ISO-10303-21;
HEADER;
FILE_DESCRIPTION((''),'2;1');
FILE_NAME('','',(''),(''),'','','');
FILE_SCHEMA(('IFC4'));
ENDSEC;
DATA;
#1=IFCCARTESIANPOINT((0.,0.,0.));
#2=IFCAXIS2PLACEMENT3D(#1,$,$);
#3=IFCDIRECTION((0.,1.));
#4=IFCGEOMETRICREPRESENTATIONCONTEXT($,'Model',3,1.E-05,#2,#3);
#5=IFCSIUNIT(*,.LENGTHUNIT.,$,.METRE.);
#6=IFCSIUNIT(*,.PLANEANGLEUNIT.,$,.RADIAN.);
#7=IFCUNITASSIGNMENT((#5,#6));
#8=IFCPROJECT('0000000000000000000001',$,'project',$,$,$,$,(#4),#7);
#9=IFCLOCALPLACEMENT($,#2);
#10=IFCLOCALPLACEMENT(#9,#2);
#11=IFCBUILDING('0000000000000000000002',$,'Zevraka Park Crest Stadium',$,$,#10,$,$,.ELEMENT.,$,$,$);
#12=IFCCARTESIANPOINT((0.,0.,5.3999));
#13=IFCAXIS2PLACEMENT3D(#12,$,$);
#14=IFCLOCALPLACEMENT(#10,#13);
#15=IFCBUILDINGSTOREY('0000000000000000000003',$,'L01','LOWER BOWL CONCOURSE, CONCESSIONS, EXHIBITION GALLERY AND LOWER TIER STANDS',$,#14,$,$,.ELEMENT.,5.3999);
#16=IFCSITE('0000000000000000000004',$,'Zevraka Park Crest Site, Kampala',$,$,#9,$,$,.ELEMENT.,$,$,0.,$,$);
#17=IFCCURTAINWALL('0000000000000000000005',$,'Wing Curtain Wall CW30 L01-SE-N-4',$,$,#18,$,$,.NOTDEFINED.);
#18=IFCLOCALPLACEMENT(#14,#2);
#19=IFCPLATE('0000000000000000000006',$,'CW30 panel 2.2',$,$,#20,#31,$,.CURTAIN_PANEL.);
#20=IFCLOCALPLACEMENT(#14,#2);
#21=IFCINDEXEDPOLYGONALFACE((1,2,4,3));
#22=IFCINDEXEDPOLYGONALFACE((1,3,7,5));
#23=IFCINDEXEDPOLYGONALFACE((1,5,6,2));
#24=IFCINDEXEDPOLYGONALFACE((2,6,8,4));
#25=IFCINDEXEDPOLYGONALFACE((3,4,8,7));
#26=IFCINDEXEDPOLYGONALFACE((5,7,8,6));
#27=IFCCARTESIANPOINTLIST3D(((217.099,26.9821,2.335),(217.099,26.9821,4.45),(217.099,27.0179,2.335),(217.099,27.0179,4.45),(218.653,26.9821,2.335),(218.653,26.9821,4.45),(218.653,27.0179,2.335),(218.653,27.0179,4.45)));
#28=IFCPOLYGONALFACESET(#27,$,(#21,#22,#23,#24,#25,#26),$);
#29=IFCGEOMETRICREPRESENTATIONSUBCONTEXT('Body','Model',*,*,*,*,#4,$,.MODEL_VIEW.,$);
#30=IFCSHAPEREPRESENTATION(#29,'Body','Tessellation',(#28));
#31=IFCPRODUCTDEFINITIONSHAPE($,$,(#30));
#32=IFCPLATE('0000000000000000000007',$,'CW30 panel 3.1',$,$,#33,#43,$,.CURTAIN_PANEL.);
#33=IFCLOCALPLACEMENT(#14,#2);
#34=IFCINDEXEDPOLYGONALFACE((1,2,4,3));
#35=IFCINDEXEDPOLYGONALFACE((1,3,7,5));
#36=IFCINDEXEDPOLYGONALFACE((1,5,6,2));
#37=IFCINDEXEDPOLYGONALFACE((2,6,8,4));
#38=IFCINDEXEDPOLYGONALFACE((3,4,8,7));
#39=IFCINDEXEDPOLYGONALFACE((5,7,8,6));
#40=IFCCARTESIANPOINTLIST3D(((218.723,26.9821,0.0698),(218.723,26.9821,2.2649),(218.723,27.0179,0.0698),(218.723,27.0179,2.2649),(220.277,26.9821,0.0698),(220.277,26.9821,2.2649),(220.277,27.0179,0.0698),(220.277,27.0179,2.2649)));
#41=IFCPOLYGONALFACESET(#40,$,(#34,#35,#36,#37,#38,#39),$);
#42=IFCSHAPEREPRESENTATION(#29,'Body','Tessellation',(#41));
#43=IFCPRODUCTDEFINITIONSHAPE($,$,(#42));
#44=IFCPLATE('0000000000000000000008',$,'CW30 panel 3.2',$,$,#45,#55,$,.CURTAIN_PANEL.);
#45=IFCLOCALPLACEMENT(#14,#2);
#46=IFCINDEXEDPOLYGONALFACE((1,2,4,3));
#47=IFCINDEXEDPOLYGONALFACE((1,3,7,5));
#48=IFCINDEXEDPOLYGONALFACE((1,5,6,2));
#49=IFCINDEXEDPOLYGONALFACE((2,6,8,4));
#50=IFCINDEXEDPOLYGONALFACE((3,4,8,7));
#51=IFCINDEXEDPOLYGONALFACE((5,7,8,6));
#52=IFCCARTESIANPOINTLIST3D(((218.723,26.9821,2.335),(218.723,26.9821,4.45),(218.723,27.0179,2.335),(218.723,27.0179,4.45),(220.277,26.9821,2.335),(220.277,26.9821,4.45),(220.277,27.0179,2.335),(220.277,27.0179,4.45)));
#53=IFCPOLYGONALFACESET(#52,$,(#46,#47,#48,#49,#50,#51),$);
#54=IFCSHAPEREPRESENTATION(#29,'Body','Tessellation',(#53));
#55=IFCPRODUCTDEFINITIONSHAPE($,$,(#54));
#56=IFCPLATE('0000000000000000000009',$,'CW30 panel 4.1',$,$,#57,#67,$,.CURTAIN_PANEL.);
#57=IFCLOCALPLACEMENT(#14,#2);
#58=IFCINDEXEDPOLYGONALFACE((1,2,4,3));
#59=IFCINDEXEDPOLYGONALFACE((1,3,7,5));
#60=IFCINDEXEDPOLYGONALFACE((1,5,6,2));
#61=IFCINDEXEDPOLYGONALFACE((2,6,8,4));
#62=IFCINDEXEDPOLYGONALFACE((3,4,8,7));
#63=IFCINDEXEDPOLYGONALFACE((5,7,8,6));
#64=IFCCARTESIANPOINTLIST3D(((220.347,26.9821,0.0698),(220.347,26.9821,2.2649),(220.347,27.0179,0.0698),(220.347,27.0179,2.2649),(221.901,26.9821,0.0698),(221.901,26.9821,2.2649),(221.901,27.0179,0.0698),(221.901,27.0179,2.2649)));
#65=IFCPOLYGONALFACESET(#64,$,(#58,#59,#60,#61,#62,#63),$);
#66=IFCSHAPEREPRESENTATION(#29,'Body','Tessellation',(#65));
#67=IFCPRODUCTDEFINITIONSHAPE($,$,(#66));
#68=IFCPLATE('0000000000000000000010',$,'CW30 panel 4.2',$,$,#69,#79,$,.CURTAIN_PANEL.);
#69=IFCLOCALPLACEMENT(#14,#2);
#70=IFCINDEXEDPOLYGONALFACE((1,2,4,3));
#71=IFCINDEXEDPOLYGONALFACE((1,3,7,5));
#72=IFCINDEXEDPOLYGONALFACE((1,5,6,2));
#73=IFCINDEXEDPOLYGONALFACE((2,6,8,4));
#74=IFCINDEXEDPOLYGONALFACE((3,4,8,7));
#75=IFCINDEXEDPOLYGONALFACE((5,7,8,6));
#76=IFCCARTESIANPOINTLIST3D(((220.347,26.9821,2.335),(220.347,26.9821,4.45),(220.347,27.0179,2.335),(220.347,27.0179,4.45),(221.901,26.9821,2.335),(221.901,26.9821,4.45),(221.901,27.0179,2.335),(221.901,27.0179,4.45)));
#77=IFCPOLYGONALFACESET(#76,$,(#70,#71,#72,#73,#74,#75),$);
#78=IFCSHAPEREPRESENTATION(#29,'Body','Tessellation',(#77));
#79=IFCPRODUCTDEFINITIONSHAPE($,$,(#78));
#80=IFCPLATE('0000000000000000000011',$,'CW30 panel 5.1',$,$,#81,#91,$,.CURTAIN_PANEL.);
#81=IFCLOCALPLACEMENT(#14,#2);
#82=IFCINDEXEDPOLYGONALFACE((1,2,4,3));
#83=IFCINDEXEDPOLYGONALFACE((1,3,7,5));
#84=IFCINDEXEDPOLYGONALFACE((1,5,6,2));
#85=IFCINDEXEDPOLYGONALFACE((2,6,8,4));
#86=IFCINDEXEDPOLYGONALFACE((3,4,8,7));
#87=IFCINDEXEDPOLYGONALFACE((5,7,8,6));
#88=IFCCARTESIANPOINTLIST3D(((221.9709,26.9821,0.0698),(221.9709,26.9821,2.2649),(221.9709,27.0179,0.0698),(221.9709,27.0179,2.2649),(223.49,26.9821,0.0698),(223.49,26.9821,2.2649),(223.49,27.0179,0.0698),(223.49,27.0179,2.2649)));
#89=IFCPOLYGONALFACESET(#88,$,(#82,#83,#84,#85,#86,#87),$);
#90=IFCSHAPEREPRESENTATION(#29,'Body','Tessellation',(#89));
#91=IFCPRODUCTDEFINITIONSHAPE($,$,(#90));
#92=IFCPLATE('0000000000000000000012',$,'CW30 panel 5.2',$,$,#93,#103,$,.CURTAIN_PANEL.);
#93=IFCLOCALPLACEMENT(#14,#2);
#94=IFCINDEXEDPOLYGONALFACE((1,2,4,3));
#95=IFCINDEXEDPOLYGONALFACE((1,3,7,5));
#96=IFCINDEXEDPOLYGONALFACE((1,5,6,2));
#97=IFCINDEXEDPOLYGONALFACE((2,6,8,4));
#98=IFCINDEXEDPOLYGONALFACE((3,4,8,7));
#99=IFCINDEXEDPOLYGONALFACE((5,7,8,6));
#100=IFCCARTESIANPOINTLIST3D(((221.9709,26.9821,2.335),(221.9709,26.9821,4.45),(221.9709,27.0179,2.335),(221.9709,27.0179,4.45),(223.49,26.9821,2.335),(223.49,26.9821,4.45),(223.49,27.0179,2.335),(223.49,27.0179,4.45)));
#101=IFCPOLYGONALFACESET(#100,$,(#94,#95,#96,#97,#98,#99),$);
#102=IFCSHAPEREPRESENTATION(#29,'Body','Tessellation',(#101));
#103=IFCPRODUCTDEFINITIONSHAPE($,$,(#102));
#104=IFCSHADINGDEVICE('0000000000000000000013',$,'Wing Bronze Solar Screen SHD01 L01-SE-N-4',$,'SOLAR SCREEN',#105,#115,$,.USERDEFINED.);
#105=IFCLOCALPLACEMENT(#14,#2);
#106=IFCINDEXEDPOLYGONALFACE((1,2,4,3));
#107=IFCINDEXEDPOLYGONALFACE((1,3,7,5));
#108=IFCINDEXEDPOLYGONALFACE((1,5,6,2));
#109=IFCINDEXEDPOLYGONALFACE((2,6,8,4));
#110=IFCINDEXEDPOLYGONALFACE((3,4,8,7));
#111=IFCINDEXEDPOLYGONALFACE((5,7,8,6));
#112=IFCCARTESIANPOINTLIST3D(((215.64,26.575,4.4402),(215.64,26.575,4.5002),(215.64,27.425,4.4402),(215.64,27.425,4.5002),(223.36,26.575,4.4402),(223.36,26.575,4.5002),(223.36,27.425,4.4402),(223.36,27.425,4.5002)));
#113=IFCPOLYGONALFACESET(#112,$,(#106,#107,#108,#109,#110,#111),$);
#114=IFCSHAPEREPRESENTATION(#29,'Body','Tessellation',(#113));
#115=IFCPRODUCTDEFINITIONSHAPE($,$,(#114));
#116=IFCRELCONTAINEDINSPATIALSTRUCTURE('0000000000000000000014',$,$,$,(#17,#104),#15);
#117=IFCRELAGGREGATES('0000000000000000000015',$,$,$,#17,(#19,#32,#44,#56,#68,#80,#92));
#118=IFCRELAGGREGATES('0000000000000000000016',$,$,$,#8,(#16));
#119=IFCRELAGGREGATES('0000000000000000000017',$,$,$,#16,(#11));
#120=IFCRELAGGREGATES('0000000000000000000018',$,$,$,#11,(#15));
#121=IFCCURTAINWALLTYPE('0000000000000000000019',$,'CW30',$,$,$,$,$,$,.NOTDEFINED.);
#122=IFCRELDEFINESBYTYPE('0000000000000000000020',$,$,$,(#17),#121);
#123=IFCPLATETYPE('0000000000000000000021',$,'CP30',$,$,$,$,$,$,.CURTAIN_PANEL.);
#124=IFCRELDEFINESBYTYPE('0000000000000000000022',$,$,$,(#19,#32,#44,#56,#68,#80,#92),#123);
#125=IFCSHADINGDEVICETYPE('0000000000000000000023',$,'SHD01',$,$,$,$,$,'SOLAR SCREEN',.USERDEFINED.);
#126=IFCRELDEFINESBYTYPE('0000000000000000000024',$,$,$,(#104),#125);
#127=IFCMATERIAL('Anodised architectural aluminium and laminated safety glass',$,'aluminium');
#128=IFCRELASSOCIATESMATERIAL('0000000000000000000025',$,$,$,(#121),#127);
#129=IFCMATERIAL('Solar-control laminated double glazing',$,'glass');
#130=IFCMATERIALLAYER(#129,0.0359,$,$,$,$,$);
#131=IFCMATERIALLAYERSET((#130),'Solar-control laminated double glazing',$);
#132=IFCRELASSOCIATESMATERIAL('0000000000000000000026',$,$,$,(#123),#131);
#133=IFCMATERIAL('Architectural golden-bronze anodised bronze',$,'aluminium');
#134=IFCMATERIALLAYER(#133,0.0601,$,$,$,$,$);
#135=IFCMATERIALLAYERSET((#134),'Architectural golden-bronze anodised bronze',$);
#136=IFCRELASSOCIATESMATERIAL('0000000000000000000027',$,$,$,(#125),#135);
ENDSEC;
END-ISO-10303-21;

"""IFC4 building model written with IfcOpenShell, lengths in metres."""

from ifc_helpers import new_model, si_unit, direction, frame, origin, origin_2d, place, context, subcontext, project, spatial, rectangle, extrude, material, layer, layer_set, type_object, element, aggregate, save


model = new_model("IFC4")

# Units and contexts
model_context = context("Model", 3, precision=1e-05, world=origin(), true_north=direction((0.0, 1.0)))
body_context = subcontext(model_context, "Body", "Model", "MODEL_VIEW")
ifc_project = project(units=[si_unit("LENGTHUNIT", "METRE"), si_unit("PLANEANGLEUNIT", "RADIAN")], contexts=[model_context])

# Site, building, storey
site_placement = place(None, origin())
site = spatial("IfcSite", under=ifc_project, at=site_placement, Name="Zevraka Park Crest Site, Kampala", CompositionType="ELEMENT", RefElevation=0.0)
building_placement = place(site_placement, origin())
building = spatial("IfcBuilding", under=site, at=building_placement, Name="Zevraka Park Crest Stadium", CompositionType="ELEMENT")
storey_placement = place(building_placement, frame((0.0, 0.0, 5.3999)))
storey = spatial("IfcBuildingStorey", under=building, at=storey_placement, Name="L01", Description="LOWER BOWL CONCOURSE, CONCESSIONS, EXHIBITION GALLERY AND LOWER TIER STANDS", CompositionType="ELEMENT", Elevation=5.3999)

# Curtain wall, plates
ifc_material_1 = material(Name="Anodised architectural aluminium and laminated safety glass", Category="aluminium")
curtain_wall_type = type_object("IfcCurtainWallType", Name="CW30", PredefinedType="NOTDEFINED", material=ifc_material_1)
curtain_wall_placement = place(storey_placement, origin())
curtain_wall = element("IfcCurtainWall", 1, at=curtain_wall_placement, inside=storey, type_object=curtain_wall_type, Name="Wing Curtain Wall CW30 L01-SE-N-4", PredefinedType="NOTDEFINED")
ifc_material_2 = material(Name="Solar-control laminated double glazing", Category="glass")
ifc_layer_1 = layer(ifc_material_2, 0.0359)
ifc_layer_set_1 = layer_set([ifc_layer_1], Name="Solar-control laminated double glazing")
plate_type = type_object("IfcPlateType", Name="CP30", PredefinedType="CURTAIN_PANEL", material=ifc_layer_set_1)
plate_1_placement = place(storey_placement, frame((217.876, 27.0, 2.335), z_axis=(0.0, 0.0, 1.0), x_axis=(1.0, 0.0, 0.0)))
plate_1 = element("IfcPlate", 2, at=plate_1_placement, type_object=plate_type, Name="CW30 panel 2.2", PredefinedType="CURTAIN_PANEL", context=body_context, shape_type="SweptSolid", body=[
    extrude(rectangle(XDim=1.554, YDim=0.0359, at=origin_2d()), origin(), (0.0, 0.0, 1.0), 2.115),
])
plate_2_placement = place(storey_placement, frame((219.5, 27.0, 0.0698), z_axis=(0.0, 0.0, 1.0), x_axis=(1.0, 0.0, 0.0)))
plate_2 = element("IfcPlate", 3, at=plate_2_placement, type_object=plate_type, Name="CW30 panel 3.1", PredefinedType="CURTAIN_PANEL", context=body_context, shape_type="SweptSolid", body=[
    extrude(rectangle(XDim=1.554, YDim=0.0359, at=origin_2d()), origin(), (0.0, 0.0, 1.0), 2.1951),
])
plate_3_placement = place(storey_placement, frame((219.5, 27.0, 2.335), z_axis=(0.0, 0.0, 1.0), x_axis=(1.0, 0.0, 0.0)))
plate_3 = element("IfcPlate", 4, at=plate_3_placement, type_object=plate_type, Name="CW30 panel 3.2", PredefinedType="CURTAIN_PANEL", context=body_context, shape_type="SweptSolid", body=[
    extrude(rectangle(XDim=1.554, YDim=0.0359, at=origin_2d()), origin(), (0.0, 0.0, 1.0), 2.115),
])
plate_4_placement = place(storey_placement, frame((221.124, 27.0, 0.0698), z_axis=(0.0, 0.0, 1.0), x_axis=(1.0, 0.0, 0.0)))
plate_4 = element("IfcPlate", 5, at=plate_4_placement, type_object=plate_type, Name="CW30 panel 4.1", PredefinedType="CURTAIN_PANEL", context=body_context, shape_type="SweptSolid", body=[
    extrude(rectangle(XDim=1.554, YDim=0.0359, at=origin_2d()), origin(), (0.0, 0.0, 1.0), 2.1951),
])
plate_5_placement = place(storey_placement, frame((221.124, 27.0, 2.335), z_axis=(0.0, 0.0, 1.0), x_axis=(1.0, 0.0, 0.0)))
plate_5 = element("IfcPlate", 6, at=plate_5_placement, type_object=plate_type, Name="CW30 panel 4.2", PredefinedType="CURTAIN_PANEL", context=body_context, shape_type="SweptSolid", body=[
    extrude(rectangle(XDim=1.554, YDim=0.0359, at=origin_2d()), origin(), (0.0, 0.0, 1.0), 2.115),
])
plate_6_placement = place(storey_placement, frame((222.7305, 27.0, 0.0698), z_axis=(0.0, 0.0, 1.0), x_axis=(1.0, 0.0, 0.0)))
plate_6 = element("IfcPlate", 7, at=plate_6_placement, type_object=plate_type, Name="CW30 panel 5.1", PredefinedType="CURTAIN_PANEL", context=body_context, shape_type="SweptSolid", body=[
    extrude(rectangle(XDim=1.519, YDim=0.0359, at=origin_2d()), origin(), (0.0, 0.0, 1.0), 2.1951),
])
plate_7_placement = place(storey_placement, frame((222.7305, 27.0, 2.335), z_axis=(0.0, 0.0, 1.0), x_axis=(1.0, 0.0, 0.0)))
plate_7 = element("IfcPlate", 8, at=plate_7_placement, type_object=plate_type, Name="CW30 panel 5.2", PredefinedType="CURTAIN_PANEL", context=body_context, shape_type="SweptSolid", body=[
    extrude(rectangle(XDim=1.519, YDim=0.0359, at=origin_2d()), origin(), (0.0, 0.0, 1.0), 2.115),
])
aggregate(curtain_wall, [plate_1, plate_2, plate_3, plate_4, plate_5, plate_6, plate_7])

# Shading device
ifc_material_3 = material(Name="Architectural golden-bronze anodised bronze", Category="aluminium")
ifc_layer_2 = layer(ifc_material_3, 0.0601)
ifc_layer_set_2 = layer_set([ifc_layer_2], Name="Architectural golden-bronze anodised bronze")
shading_device_type = type_object("IfcShadingDeviceType", Name="SHD01", ElementType="SOLAR SCREEN", PredefinedType="USERDEFINED", material=ifc_layer_set_2)
shading_device_placement = place(storey_placement, frame((219.5, 27.0, 4.4402), z_axis=(0.0, 0.0, 1.0), x_axis=(1.0, 0.0, 0.0)))
element("IfcShadingDevice", 9, at=shading_device_placement, inside=storey, type_object=shading_device_type, Name="Wing Bronze Solar Screen SHD01 L01-SE-N-4", ObjectType="SOLAR SCREEN", PredefinedType="USERDEFINED", context=body_context, shape_type="SweptSolid", body=[
    extrude(rectangle(XDim=7.72, YDim=0.8501, at=origin_2d()), origin(), (0.0, 0.0, 1.0), 0.0601),
])

save(model, "model.ifc")
